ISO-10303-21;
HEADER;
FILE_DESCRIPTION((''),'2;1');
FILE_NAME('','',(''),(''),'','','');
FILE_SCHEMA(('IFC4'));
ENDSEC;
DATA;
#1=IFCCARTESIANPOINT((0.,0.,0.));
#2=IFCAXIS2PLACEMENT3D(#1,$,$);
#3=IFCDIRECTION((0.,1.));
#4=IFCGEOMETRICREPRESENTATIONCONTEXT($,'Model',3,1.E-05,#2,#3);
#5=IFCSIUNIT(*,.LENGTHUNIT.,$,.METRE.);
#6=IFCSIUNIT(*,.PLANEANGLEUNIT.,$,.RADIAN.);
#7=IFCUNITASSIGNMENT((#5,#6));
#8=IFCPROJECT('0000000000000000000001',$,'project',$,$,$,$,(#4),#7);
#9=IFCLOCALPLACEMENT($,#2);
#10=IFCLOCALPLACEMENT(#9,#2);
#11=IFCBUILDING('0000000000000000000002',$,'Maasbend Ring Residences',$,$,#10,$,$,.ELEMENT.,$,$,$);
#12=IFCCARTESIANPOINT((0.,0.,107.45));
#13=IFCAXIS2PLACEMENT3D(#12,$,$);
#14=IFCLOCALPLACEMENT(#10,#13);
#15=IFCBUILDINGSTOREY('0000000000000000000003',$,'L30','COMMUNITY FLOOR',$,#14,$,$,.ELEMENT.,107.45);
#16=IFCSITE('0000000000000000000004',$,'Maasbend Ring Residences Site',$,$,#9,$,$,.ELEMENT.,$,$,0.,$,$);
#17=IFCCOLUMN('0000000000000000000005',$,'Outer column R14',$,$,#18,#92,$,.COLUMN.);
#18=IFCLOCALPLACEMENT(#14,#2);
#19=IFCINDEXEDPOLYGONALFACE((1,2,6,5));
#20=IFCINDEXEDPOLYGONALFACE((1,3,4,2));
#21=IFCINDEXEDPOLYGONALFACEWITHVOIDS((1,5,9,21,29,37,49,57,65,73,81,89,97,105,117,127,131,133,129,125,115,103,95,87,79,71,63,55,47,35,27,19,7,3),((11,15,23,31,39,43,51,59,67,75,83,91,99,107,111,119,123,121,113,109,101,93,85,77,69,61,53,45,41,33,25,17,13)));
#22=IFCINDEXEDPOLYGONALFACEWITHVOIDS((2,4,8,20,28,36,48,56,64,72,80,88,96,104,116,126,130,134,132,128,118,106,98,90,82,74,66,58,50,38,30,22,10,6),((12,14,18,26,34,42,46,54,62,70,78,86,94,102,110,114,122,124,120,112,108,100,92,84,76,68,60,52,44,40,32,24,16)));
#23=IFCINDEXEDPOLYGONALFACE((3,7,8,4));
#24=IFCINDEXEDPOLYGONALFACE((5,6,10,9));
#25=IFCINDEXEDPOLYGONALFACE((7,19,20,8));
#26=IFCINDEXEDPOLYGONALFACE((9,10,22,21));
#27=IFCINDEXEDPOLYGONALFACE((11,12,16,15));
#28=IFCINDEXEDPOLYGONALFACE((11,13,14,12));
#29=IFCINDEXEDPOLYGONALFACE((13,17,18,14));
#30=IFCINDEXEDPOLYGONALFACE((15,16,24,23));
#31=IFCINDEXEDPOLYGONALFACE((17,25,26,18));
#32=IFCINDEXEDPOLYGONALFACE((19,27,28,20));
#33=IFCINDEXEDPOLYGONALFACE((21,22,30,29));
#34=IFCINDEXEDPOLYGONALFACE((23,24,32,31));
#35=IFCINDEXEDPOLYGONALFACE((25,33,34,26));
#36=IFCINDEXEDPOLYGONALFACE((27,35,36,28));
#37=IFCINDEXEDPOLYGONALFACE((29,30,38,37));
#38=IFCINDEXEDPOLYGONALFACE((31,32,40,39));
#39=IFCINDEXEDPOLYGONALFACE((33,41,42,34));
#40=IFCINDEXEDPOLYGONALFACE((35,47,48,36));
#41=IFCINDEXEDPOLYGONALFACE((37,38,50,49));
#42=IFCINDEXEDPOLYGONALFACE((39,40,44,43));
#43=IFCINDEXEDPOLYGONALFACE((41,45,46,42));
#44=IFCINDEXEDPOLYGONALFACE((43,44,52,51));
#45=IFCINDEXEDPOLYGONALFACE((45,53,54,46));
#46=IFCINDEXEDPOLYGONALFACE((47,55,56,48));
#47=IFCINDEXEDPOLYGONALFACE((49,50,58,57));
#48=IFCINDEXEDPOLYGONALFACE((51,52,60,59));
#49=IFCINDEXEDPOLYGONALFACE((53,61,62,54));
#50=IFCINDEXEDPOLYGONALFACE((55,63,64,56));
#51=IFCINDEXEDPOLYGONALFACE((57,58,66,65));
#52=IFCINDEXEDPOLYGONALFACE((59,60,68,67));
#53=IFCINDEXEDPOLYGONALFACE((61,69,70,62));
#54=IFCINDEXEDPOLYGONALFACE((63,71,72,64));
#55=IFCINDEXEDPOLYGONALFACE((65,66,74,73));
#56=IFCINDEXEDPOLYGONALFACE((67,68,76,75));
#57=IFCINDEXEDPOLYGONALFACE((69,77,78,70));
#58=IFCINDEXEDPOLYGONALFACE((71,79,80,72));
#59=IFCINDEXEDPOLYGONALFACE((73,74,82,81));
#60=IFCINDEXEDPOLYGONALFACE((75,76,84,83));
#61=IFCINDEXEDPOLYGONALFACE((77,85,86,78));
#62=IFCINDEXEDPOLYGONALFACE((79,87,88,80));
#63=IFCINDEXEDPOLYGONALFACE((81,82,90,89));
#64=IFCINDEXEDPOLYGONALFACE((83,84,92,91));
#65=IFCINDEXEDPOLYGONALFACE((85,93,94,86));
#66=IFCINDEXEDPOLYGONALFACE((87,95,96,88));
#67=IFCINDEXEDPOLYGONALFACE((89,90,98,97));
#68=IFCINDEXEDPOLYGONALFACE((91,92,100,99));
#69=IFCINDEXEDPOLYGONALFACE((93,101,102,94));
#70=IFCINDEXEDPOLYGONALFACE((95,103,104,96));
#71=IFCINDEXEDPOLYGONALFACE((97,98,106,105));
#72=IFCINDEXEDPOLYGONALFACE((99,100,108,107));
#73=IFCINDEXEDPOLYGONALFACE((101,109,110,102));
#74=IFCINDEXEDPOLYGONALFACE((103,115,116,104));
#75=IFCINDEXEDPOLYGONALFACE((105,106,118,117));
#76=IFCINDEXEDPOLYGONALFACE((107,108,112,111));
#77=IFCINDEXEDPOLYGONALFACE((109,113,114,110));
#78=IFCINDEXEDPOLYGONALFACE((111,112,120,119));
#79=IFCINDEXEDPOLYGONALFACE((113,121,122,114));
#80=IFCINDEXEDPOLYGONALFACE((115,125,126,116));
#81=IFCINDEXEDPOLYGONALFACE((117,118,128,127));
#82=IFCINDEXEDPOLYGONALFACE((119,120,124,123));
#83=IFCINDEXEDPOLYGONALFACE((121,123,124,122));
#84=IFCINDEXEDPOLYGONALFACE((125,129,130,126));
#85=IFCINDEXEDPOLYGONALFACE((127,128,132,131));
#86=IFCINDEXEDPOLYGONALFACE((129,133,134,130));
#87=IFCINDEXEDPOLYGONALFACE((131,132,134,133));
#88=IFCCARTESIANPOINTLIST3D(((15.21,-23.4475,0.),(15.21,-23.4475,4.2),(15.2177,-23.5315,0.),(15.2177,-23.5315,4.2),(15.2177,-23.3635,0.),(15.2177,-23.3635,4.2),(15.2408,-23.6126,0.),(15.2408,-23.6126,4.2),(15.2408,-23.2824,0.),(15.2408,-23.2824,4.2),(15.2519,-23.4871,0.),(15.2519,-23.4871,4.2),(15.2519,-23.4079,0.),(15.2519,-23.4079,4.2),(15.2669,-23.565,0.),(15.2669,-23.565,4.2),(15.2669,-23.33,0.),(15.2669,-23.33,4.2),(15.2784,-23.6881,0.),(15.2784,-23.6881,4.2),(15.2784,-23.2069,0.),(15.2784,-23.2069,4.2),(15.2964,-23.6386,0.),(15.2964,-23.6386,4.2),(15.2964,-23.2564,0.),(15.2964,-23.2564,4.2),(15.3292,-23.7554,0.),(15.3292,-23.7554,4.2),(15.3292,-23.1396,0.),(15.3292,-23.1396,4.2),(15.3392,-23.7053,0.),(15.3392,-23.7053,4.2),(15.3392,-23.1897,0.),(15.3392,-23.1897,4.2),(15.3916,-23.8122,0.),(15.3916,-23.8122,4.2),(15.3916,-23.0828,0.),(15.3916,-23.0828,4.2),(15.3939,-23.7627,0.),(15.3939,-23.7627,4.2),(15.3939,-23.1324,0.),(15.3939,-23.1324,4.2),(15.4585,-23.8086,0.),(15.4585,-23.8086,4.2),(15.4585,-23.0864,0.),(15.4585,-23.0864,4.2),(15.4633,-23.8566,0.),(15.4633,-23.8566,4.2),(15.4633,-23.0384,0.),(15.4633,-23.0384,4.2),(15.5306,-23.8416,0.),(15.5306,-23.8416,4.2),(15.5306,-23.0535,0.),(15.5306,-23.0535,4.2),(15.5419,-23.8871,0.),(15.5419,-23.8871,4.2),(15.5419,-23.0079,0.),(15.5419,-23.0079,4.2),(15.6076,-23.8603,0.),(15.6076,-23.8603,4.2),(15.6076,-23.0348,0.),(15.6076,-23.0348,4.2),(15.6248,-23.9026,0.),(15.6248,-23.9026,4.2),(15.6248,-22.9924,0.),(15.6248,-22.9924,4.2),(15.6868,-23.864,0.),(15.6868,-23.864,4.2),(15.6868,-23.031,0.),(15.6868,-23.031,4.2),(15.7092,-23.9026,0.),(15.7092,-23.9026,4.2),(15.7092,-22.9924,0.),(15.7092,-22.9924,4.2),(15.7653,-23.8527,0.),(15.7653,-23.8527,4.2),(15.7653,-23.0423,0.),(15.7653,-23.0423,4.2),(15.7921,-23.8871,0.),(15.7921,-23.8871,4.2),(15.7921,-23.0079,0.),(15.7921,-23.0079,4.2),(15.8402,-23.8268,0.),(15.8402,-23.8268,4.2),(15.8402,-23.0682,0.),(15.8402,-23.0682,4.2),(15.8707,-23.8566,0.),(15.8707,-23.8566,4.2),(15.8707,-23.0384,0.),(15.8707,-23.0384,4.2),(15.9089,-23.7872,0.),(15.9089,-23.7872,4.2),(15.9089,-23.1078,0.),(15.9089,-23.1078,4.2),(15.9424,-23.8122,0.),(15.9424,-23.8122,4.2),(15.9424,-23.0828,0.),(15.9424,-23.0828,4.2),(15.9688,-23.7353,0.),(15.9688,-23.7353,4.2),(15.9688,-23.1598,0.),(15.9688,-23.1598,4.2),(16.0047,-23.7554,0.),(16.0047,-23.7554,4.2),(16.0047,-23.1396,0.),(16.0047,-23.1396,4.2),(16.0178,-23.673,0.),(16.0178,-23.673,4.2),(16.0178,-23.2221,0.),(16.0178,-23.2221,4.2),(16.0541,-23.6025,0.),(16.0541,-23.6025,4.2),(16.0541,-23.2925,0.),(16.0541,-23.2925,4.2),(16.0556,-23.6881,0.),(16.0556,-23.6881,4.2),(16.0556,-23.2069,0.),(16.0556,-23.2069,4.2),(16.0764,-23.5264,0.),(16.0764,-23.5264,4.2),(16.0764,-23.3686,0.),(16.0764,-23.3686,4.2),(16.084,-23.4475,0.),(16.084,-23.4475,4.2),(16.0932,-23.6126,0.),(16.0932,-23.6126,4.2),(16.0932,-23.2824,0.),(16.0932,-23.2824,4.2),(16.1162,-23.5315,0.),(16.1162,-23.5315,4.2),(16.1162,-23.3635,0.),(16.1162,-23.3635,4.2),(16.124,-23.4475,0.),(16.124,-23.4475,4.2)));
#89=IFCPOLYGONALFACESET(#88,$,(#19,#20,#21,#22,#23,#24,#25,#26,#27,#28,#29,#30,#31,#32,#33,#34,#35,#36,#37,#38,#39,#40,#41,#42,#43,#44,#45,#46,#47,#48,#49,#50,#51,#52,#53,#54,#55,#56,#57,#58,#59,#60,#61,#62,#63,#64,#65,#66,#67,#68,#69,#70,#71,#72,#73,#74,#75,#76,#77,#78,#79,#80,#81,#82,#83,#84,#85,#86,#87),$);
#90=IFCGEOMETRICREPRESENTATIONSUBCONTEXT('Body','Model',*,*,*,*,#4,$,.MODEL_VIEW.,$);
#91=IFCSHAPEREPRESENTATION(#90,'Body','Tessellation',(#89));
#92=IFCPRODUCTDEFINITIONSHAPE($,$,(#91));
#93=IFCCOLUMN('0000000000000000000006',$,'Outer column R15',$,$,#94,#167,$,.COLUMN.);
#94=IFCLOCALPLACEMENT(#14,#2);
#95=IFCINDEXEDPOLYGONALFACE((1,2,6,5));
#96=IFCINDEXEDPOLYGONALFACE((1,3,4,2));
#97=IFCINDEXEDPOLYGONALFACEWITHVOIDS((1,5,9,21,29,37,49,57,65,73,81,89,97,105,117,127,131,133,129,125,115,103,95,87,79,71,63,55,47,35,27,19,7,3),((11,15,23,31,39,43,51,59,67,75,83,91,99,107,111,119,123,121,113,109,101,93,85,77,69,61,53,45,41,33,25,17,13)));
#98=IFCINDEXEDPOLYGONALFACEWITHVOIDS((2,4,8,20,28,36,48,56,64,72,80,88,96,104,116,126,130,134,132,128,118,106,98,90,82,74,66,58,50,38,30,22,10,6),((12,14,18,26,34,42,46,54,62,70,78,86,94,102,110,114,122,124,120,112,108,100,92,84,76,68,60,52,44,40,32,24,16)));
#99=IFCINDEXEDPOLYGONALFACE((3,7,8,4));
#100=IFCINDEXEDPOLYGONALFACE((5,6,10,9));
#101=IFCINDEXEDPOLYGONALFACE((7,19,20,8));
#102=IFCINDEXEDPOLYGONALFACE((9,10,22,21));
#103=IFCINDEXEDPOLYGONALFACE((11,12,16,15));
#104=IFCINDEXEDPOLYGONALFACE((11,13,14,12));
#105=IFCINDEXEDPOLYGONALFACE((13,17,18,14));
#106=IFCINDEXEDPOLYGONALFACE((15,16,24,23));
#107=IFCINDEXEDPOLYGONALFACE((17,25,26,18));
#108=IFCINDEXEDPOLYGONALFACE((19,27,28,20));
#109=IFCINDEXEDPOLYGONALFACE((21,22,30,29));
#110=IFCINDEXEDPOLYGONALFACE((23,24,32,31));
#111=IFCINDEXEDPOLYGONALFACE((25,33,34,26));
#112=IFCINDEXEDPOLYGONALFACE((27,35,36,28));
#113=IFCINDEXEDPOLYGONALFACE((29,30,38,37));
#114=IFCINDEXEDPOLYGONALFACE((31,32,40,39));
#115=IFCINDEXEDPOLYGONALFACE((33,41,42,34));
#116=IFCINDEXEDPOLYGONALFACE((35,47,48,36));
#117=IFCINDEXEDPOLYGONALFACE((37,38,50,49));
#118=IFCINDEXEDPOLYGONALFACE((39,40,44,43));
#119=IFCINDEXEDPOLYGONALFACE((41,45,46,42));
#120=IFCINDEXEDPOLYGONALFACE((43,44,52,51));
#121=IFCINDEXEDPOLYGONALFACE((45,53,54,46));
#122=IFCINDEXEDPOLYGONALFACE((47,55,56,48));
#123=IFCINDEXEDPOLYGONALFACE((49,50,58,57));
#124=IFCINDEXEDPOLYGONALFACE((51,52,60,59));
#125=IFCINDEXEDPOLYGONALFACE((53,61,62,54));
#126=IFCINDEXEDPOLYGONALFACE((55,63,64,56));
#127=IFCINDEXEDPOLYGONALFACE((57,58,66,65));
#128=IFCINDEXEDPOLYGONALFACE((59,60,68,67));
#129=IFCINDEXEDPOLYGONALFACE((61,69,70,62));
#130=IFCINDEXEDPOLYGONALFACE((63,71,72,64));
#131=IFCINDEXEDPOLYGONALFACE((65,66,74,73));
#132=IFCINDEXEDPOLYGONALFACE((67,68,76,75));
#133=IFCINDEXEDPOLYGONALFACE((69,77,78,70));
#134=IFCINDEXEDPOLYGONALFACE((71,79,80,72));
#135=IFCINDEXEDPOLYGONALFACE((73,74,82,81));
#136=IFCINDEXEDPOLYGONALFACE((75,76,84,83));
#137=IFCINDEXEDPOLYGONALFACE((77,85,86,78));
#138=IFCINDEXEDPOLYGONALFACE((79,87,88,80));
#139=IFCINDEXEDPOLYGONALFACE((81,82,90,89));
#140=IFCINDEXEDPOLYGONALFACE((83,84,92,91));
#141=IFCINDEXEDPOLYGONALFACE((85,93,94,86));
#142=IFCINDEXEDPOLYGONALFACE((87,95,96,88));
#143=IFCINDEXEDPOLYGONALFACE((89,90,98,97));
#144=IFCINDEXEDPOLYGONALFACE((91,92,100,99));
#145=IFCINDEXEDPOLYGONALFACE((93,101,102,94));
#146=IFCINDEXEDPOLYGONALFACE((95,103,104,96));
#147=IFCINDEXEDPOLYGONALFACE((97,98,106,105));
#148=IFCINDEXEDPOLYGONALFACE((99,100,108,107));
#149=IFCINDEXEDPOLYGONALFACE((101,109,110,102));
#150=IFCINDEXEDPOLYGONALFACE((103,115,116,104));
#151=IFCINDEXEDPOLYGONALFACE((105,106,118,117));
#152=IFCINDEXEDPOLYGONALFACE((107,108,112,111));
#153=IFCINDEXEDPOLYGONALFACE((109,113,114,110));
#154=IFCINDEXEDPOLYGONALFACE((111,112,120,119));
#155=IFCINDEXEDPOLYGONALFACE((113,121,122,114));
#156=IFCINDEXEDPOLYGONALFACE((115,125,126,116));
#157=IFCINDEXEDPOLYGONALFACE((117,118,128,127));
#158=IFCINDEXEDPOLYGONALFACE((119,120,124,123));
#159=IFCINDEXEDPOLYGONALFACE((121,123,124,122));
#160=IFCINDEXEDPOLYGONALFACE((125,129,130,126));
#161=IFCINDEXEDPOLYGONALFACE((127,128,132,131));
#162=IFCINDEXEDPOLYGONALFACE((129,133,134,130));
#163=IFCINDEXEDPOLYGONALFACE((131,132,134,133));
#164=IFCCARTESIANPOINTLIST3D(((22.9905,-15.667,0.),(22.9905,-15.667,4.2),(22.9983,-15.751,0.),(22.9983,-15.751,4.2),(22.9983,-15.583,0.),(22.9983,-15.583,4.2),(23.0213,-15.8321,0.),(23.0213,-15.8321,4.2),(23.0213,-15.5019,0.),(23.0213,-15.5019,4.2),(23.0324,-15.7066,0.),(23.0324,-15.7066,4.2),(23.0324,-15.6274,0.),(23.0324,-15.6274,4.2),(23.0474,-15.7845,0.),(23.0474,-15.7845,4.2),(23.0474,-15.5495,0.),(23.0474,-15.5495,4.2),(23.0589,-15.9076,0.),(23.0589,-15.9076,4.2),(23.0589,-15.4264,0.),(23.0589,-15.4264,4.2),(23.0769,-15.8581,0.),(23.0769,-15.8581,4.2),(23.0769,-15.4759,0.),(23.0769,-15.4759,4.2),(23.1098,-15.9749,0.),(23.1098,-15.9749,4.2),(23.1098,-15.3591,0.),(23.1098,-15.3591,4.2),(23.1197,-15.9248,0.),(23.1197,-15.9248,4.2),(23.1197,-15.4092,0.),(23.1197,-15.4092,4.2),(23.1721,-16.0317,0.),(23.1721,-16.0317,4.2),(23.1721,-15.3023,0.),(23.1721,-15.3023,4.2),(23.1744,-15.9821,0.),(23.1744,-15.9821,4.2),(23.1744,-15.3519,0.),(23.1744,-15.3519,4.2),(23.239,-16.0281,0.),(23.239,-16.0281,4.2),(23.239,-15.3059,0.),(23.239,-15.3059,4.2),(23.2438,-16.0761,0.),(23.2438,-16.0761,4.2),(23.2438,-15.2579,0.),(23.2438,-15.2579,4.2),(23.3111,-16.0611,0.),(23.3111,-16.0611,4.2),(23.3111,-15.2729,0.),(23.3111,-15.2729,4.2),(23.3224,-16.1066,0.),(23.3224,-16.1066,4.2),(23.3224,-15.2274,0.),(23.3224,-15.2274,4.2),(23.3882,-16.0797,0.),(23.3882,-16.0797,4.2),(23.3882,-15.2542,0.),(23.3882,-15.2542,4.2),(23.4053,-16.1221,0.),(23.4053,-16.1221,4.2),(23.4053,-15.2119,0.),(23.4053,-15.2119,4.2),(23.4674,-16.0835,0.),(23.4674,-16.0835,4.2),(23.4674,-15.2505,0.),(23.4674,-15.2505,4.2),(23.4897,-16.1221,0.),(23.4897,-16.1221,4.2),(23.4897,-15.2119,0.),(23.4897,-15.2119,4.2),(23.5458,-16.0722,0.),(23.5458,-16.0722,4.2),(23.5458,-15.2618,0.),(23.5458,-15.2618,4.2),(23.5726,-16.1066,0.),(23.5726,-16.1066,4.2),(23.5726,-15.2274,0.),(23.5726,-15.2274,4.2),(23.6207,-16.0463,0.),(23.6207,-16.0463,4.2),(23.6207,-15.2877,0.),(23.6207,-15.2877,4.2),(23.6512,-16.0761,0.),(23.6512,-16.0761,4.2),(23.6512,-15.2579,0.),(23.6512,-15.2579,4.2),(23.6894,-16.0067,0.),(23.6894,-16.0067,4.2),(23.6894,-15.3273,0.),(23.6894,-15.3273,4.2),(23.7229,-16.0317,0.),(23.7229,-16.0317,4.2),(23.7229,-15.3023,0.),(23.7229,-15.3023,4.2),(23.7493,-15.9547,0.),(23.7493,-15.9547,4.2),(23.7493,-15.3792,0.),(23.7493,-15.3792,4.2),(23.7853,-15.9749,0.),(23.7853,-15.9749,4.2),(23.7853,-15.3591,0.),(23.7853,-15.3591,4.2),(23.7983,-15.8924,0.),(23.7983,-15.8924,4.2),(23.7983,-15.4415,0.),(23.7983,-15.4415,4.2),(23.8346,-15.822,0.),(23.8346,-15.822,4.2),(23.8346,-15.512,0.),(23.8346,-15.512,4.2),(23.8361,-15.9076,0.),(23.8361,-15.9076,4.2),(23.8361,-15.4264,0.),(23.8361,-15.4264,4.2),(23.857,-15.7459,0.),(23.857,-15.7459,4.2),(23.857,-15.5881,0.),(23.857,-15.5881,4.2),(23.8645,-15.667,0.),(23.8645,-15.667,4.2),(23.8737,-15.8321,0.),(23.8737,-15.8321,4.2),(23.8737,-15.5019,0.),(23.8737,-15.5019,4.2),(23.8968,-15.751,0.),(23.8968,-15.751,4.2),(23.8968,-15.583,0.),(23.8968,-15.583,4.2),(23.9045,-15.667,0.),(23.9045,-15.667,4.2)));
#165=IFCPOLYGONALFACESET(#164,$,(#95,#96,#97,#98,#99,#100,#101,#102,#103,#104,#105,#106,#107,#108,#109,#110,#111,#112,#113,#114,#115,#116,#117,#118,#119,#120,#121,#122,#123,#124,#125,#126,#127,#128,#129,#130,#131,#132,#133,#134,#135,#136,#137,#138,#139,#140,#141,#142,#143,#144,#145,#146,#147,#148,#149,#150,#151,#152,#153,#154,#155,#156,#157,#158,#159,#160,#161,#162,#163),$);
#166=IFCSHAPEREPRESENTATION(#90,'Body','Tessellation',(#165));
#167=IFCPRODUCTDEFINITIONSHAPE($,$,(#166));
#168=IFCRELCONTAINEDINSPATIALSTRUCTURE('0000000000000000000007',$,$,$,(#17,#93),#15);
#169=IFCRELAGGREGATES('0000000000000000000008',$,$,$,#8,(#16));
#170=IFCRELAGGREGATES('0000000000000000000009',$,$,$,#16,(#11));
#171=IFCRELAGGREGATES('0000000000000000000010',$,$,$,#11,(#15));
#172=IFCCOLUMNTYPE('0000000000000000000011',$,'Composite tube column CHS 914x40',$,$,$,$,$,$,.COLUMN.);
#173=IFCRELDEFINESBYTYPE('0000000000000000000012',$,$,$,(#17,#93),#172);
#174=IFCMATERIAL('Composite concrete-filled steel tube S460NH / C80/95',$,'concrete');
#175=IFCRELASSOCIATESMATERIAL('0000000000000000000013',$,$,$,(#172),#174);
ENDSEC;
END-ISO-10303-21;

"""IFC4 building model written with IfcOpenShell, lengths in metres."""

from ifc_helpers import new_model, si_unit, direction, frame, origin, origin_2d, place, context, subcontext, project, spatial, hollow_circle, extrude, material, material_profile, profile_set, type_object, element, save


model = new_model("IFC4")

# Units and contexts
model_context = context("Model", 3, precision=1e-05, world=origin(), true_north=direction((0.0, 1.0)))
body_context = subcontext(model_context, "Body", "Model", "MODEL_VIEW")
ifc_project = project(units=[si_unit("LENGTHUNIT", "METRE"), si_unit("PLANEANGLEUNIT", "RADIAN")], contexts=[model_context])

# Site, building, storey
site_placement = place(None, origin())
site = spatial("IfcSite", under=ifc_project, at=site_placement, Name="Maasbend Ring Residences Site", CompositionType="ELEMENT", RefElevation=0.0)
building_placement = place(site_placement, origin())
building = spatial("IfcBuilding", under=site, at=building_placement, Name="Maasbend Ring Residences", CompositionType="ELEMENT")
storey_placement = place(building_placement, frame((0.0, 0.0, 107.45)))
storey = spatial("IfcBuildingStorey", under=building, at=storey_placement, Name="L30", Description="COMMUNITY FLOOR", CompositionType="ELEMENT", Elevation=107.45)

# Columns
ifc_material_1 = material(Name="Composite concrete-filled steel tube S460NH / C80/95", Category="concrete")
ifc_material_profile_1 = material_profile(ifc_material_1, hollow_circle(Radius=0.457, WallThickness=0.04, at=origin_2d()), Name="Composite tube column CHS 914x40")
ifc_profile_set_1 = profile_set([ifc_material_profile_1], Name="Composite concrete-filled steel tube S460NH / C80/95")
column_type = type_object("IfcColumnType", Name="Composite tube column CHS 914x40", PredefinedType="COLUMN", material=ifc_profile_set_1)
for number, where, z_axis, x_axis, name in (
    (1, (15.667, -23.4475, 0.0), (0.0, 0.0, 1.0), (1.0, 0.0, 0.0), "Outer column R14"),
    (2, (23.4475, -15.667, 0.0), (0.0, 0.0, 1.0), (1.0, 0.0, 0.0), "Outer column R15"),
):
    element("IfcColumn", number, at=place(storey_placement, frame(where, z_axis=z_axis, x_axis=x_axis)), inside=storey, type_object=column_type, Name=name, PredefinedType="COLUMN", context=body_context, shape_type="SweptSolid", body=[
        extrude(hollow_circle(Radius=0.457, WallThickness=0.04, at=origin_2d()), origin(), (0.0, 0.0, 1.0), 4.2),
    ])

save(model, "model.ifc")
